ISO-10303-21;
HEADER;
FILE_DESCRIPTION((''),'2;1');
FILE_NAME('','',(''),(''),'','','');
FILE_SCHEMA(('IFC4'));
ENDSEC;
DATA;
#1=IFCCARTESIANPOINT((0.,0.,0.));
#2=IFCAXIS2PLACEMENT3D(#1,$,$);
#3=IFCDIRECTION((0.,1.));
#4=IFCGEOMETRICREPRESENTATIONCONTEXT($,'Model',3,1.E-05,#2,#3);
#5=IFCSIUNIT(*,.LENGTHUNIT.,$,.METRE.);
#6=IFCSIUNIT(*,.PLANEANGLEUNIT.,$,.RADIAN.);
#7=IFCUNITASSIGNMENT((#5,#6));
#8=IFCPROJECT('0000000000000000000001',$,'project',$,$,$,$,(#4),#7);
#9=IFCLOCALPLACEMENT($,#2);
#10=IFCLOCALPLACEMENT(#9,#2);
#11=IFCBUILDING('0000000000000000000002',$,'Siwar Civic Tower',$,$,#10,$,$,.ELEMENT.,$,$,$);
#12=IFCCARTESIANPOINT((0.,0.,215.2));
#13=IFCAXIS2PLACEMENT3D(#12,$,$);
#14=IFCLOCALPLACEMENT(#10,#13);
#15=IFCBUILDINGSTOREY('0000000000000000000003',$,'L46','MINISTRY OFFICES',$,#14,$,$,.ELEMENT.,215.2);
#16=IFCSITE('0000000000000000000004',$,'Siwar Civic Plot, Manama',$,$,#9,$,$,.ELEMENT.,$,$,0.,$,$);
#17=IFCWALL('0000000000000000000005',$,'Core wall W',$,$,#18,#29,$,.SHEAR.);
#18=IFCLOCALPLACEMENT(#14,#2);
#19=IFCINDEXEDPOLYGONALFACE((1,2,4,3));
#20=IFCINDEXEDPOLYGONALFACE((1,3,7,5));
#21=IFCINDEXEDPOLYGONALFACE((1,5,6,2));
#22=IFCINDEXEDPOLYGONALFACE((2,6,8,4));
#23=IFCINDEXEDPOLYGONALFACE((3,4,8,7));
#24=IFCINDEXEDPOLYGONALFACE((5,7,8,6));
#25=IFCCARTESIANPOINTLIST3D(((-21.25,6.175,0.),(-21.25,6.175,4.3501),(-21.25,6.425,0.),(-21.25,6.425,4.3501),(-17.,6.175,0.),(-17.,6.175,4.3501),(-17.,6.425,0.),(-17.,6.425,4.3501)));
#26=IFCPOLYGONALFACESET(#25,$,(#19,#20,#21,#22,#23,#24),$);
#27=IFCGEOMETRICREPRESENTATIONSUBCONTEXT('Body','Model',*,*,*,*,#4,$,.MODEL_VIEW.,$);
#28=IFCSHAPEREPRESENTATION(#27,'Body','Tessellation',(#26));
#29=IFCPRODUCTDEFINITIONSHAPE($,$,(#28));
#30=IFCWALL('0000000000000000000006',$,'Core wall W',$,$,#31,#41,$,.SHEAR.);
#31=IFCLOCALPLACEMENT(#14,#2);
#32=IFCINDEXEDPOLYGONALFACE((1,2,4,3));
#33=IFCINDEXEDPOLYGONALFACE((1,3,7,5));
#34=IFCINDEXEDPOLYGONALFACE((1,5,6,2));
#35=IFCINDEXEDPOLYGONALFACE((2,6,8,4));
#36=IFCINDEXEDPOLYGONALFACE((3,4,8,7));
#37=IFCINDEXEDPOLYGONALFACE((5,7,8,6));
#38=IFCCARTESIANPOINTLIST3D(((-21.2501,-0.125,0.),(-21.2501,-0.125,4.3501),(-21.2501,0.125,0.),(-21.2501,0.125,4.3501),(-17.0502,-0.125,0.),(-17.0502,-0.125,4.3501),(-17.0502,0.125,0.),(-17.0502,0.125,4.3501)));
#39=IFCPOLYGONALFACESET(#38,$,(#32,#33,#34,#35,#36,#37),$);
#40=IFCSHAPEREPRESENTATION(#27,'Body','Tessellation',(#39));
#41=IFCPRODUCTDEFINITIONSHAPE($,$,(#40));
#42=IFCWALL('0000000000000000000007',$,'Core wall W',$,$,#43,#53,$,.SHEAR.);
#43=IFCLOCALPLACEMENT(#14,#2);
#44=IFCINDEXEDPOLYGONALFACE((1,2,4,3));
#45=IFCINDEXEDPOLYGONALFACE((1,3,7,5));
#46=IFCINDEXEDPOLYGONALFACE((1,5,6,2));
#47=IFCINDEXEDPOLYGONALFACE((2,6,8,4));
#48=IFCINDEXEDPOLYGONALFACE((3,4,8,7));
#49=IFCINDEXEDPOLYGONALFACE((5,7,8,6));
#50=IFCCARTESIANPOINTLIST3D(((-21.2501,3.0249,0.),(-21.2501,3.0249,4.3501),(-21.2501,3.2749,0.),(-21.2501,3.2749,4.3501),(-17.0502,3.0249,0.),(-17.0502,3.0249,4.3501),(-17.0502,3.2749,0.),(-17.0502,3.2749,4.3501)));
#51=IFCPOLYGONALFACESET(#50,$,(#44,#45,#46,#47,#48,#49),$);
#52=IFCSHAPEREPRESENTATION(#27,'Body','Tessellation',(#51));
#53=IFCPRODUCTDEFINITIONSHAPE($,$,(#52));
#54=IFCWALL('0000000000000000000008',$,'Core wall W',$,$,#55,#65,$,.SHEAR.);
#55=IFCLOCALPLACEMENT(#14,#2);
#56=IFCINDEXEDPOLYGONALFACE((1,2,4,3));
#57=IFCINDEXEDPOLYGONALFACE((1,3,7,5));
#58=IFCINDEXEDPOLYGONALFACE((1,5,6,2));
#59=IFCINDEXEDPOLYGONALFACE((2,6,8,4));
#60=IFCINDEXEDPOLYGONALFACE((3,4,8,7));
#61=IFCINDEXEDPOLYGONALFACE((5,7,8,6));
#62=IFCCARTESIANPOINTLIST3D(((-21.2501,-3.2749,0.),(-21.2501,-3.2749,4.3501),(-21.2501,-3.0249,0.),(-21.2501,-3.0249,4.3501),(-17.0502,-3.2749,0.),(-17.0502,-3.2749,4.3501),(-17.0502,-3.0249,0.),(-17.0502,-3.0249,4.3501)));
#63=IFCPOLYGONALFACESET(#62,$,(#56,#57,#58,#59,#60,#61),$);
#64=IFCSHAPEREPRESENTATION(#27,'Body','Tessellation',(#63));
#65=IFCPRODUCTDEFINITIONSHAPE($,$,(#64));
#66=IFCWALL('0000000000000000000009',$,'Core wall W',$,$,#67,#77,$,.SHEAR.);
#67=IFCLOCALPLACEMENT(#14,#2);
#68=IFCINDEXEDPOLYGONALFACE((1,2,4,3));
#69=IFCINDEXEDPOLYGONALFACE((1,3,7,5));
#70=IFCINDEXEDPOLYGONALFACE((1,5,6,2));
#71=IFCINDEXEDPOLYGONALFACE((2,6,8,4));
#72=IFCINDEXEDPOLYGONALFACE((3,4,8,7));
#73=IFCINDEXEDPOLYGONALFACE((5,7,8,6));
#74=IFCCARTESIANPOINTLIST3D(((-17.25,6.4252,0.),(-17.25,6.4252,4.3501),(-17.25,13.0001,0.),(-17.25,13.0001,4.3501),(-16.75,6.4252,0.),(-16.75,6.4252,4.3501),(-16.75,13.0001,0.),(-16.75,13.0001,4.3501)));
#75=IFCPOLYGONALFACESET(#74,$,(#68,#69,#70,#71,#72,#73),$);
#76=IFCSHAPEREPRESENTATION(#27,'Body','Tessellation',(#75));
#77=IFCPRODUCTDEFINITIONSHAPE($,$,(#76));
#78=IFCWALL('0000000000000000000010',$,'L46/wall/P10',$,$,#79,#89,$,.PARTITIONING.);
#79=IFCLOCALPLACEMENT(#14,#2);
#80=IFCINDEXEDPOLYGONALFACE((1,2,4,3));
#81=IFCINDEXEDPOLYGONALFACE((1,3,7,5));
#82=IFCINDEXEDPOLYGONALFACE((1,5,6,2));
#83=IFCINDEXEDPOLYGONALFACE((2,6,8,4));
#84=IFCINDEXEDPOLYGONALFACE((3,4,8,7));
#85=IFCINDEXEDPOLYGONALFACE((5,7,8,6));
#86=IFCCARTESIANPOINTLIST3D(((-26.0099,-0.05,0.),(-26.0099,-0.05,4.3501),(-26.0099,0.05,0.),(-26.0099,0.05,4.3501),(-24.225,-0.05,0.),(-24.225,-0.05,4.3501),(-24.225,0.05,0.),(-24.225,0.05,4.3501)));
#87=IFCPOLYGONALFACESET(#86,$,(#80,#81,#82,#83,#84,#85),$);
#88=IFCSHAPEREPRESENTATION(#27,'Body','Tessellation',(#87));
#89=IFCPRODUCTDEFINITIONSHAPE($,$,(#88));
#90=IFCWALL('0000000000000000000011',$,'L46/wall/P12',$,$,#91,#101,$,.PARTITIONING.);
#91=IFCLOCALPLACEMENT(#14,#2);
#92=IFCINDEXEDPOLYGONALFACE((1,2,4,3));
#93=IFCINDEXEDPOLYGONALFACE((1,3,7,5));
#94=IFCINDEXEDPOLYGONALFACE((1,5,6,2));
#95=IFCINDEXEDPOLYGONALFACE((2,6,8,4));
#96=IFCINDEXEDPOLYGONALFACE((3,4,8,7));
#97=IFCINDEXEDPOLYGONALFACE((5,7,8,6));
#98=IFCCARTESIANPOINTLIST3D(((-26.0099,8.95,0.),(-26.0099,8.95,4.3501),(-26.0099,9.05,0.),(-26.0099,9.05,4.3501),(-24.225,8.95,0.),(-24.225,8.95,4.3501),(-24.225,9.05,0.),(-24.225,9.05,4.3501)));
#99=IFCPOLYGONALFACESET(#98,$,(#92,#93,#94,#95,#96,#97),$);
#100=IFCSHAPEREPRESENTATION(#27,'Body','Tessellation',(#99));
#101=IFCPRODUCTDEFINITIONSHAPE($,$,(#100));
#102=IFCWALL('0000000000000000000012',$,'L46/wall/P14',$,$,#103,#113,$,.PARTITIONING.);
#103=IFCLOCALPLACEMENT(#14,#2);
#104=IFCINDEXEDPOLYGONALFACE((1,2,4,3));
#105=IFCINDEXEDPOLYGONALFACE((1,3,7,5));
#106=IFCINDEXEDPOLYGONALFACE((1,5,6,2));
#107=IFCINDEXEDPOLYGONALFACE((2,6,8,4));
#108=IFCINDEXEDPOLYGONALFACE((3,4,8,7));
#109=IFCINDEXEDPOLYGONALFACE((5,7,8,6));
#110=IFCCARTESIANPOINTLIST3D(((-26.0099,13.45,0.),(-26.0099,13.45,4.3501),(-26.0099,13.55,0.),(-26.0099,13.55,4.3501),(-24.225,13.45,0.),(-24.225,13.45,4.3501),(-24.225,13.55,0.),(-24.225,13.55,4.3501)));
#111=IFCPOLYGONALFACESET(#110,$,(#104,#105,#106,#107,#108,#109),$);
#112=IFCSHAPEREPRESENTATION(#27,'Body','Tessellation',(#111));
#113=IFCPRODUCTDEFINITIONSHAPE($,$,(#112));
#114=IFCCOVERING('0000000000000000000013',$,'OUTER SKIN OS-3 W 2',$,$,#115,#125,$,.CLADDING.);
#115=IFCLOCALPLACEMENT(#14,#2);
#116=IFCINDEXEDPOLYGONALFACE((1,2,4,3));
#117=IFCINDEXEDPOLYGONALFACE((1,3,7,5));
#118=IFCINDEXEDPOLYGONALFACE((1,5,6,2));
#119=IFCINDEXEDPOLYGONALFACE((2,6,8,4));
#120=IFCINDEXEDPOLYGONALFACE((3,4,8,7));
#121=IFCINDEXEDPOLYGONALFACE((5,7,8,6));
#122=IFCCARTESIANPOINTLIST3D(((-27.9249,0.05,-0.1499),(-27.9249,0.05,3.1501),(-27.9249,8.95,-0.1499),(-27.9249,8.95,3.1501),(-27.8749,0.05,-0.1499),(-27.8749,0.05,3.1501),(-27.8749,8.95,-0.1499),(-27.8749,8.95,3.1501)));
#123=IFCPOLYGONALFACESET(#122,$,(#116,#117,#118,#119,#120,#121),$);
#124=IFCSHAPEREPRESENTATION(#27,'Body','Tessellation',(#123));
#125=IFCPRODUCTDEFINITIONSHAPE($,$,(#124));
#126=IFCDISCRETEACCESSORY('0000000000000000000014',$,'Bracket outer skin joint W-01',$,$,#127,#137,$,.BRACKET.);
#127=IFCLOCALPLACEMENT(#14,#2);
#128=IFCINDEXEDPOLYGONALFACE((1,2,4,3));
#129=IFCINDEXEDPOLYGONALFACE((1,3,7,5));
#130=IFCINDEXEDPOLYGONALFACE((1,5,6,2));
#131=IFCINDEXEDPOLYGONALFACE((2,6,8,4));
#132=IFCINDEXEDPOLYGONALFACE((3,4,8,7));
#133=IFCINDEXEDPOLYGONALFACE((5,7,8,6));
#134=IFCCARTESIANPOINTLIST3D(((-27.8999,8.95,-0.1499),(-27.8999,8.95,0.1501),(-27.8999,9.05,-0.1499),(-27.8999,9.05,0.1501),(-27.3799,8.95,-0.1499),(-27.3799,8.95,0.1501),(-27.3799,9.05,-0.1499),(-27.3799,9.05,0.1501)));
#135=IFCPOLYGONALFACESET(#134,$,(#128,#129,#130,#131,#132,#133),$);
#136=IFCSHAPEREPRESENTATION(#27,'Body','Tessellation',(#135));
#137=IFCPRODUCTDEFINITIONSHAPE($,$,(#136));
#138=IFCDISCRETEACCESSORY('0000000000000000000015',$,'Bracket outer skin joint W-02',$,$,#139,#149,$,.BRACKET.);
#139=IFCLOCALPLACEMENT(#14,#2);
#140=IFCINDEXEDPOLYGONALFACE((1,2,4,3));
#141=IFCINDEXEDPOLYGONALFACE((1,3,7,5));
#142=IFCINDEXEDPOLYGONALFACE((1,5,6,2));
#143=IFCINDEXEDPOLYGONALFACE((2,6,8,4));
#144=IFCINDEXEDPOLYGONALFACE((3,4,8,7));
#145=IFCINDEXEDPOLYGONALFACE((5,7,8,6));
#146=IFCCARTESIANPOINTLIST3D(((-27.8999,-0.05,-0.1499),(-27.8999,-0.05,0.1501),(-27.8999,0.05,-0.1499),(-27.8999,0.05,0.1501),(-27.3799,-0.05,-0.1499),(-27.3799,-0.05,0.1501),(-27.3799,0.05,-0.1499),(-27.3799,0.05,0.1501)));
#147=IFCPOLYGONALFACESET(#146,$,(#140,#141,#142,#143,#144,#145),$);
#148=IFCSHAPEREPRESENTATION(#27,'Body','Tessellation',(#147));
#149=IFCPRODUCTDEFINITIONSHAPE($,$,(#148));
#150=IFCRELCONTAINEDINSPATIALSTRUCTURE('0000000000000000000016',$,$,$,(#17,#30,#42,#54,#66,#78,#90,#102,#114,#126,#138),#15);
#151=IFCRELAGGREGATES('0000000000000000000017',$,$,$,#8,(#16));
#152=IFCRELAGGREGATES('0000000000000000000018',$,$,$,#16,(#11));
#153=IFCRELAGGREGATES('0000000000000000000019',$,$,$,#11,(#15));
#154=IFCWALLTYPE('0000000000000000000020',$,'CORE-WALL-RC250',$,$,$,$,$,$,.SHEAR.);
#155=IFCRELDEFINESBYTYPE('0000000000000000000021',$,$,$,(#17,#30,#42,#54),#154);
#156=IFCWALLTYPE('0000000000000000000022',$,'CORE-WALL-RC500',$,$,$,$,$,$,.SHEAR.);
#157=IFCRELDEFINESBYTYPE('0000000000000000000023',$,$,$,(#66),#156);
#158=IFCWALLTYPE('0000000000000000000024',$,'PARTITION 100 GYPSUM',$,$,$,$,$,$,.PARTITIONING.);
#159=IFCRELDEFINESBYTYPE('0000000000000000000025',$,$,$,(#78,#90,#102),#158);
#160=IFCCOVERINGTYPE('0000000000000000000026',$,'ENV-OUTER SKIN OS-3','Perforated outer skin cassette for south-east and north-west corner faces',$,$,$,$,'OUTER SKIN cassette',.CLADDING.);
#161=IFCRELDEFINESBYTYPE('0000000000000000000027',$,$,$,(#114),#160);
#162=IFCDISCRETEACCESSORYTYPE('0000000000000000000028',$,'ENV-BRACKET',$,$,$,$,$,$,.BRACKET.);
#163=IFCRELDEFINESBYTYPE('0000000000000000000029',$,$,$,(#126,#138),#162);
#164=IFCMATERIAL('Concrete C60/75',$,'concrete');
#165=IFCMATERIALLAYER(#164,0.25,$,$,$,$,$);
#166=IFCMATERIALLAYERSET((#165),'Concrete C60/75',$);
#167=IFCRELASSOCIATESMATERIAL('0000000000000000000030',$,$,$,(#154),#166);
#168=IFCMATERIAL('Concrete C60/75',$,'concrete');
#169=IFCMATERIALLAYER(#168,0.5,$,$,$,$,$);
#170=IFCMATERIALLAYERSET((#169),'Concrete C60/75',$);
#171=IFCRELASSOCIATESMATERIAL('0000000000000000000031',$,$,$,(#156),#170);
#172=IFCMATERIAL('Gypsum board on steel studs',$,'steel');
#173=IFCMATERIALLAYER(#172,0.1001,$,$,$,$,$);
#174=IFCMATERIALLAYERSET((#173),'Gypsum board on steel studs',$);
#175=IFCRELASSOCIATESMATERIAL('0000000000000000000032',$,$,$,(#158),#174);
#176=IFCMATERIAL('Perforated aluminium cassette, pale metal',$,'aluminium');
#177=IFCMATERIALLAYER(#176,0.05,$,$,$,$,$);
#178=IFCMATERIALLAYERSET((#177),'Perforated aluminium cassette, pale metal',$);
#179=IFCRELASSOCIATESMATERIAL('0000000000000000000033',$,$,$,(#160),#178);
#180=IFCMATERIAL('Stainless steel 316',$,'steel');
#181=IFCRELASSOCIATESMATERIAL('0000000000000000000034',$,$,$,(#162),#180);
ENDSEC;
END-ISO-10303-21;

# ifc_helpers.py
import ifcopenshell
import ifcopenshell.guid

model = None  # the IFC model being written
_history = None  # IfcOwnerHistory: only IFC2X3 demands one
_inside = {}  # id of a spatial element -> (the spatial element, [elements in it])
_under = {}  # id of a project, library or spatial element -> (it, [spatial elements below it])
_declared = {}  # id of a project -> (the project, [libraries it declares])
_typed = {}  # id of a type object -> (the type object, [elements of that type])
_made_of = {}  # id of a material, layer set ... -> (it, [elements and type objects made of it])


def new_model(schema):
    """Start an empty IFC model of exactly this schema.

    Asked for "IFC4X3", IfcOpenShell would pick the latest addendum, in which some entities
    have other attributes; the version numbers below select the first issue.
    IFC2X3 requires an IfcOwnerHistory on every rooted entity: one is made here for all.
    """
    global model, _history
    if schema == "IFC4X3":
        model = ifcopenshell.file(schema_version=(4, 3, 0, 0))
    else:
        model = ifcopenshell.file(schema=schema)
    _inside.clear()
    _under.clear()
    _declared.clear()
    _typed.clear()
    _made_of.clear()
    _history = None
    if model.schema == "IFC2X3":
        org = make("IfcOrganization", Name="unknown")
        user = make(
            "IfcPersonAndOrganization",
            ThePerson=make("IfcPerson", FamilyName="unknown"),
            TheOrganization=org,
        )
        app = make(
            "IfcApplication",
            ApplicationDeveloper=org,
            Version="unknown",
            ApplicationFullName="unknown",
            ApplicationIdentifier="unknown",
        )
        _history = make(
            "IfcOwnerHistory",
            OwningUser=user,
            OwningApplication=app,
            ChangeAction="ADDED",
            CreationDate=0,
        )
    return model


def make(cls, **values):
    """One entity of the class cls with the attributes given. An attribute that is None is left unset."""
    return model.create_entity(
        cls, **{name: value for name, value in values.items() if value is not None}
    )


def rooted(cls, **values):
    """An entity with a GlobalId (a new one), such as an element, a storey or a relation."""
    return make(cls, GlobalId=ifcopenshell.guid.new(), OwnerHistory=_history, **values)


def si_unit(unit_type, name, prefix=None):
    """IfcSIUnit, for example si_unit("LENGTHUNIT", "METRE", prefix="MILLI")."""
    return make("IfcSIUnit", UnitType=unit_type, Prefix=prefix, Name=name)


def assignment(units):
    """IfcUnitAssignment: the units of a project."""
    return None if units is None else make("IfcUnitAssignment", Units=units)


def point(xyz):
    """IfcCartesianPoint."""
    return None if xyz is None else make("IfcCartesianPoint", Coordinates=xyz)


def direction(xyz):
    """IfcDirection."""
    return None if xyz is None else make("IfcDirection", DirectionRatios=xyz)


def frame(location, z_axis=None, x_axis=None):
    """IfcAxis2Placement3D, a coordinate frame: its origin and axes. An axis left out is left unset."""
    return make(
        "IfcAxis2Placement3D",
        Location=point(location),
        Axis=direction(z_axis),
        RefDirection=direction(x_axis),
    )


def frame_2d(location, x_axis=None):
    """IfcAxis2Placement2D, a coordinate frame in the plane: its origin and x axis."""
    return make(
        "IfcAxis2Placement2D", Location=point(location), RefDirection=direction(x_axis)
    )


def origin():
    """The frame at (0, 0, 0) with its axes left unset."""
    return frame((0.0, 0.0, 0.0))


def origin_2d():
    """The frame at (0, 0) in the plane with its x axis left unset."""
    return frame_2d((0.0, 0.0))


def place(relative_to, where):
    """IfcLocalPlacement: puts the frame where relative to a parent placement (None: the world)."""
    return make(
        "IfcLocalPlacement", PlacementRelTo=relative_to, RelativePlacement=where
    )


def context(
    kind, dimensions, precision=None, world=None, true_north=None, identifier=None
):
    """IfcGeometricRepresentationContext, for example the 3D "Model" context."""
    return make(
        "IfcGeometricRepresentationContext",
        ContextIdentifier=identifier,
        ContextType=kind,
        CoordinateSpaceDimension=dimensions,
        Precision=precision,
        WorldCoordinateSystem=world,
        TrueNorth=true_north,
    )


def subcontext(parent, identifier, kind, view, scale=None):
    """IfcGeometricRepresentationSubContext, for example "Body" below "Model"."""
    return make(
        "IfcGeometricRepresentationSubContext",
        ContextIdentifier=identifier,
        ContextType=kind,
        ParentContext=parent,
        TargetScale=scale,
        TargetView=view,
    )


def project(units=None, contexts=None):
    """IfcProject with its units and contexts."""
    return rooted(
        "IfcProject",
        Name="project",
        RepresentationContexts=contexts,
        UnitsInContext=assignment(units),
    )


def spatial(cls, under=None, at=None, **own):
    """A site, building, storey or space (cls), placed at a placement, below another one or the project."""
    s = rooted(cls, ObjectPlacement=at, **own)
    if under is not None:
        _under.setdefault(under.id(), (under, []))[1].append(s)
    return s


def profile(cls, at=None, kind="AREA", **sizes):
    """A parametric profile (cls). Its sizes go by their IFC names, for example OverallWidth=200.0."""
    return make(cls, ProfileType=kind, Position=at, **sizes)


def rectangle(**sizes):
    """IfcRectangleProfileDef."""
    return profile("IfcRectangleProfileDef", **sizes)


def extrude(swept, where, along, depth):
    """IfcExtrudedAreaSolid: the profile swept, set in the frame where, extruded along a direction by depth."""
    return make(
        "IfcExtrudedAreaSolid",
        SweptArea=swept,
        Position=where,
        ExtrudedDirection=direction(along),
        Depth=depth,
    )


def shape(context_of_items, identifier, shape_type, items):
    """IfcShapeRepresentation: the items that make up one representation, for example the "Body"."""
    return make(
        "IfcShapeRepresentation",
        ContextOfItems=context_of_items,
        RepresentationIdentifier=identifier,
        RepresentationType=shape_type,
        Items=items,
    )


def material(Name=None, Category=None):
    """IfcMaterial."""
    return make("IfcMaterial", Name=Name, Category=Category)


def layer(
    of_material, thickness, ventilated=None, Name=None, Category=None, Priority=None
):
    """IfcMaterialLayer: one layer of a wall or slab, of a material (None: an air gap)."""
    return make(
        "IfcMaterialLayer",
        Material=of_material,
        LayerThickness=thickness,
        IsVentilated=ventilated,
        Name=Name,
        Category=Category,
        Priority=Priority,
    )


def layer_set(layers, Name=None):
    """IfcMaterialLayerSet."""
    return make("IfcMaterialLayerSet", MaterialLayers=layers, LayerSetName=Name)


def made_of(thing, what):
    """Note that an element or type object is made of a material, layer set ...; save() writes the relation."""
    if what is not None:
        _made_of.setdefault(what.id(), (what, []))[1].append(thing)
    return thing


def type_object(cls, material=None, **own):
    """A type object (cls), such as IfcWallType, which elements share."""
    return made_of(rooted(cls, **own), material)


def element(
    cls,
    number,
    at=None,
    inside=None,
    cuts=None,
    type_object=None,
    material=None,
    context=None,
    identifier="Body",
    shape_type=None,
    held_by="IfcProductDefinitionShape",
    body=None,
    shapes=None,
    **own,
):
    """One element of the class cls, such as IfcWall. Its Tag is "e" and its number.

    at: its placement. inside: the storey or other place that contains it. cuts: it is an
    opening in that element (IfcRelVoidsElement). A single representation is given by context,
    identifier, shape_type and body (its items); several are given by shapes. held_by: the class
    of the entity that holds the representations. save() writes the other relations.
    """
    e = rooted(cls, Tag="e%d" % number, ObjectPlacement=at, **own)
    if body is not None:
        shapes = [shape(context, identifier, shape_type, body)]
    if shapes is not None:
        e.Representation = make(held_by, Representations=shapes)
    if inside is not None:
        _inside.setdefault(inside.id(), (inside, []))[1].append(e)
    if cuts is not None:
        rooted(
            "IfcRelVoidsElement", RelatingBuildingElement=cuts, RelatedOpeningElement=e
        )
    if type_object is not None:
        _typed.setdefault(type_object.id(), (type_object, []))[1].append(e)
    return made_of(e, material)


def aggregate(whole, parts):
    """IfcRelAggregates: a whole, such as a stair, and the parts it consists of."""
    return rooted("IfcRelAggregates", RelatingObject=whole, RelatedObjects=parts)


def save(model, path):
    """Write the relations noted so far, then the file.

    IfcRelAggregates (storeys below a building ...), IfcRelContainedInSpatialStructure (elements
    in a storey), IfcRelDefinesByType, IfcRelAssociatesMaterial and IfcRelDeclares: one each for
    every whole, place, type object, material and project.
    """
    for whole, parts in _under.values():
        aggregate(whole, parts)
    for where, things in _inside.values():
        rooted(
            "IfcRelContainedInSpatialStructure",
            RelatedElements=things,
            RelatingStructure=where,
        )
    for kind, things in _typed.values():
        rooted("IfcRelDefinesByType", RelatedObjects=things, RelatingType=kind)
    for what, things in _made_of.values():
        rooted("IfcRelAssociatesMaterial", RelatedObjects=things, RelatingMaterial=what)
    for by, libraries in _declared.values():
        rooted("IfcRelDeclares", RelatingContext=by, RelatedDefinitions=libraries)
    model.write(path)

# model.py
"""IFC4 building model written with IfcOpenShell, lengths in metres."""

from ifc_helpers import new_model, si_unit, direction, frame, frame_2d, origin, origin_2d, place, context, subcontext, project, spatial, rectangle, extrude, material, layer, layer_set, type_object, element, save


model = new_model("IFC4")

# Units and contexts
model_context = context("Model", 3, precision=1e-05, world=origin(), true_north=direction((0.0, 1.0)))
body_context = subcontext(model_context, "Body", "Model", "MODEL_VIEW")
ifc_project = project(units=[si_unit("LENGTHUNIT", "METRE"), si_unit("PLANEANGLEUNIT", "RADIAN")], contexts=[model_context])

# Site, building, storey
site_placement = place(None, origin())
site = spatial("IfcSite", under=ifc_project, at=site_placement, Name="Siwar Civic Plot, Manama", CompositionType="ELEMENT", RefElevation=0.0)
building_placement = place(site_placement, origin())
building = spatial("IfcBuilding", under=site, at=building_placement, Name="Siwar Civic Tower", CompositionType="ELEMENT")
storey_placement = place(building_placement, frame((0.0, 0.0, 215.2)))
storey = spatial("IfcBuildingStorey", under=building, at=storey_placement, Name="L46", Description="MINISTRY OFFICES", CompositionType="ELEMENT", Elevation=215.2)

# Walls
ifc_material_1 = material(Name="Concrete C60/75", Category="concrete")
ifc_layer_1 = layer(ifc_material_1, 0.25)
ifc_layer_set_1 = layer_set([ifc_layer_1], Name="Concrete C60/75")
wall_type_1 = type_object("IfcWallType", Name="CORE-WALL-RC250", PredefinedType="SHEAR", material=ifc_layer_set_1)
wall_1_placement = place(storey_placement, frame((-17.0, 6.3, 0.0), z_axis=(0.0, 0.0, 1.0), x_axis=(-1.0, 0.0, 0.0)))
element("IfcWall", 1, at=wall_1_placement, inside=storey, type_object=wall_type_1, Name="Core wall W", PredefinedType="SHEAR", context=body_context, shape_type="SweptSolid", body=[
    extrude(rectangle(XDim=4.25, YDim=0.25, at=frame_2d((2.125, 0.0))), origin(), (0.0, 0.0, 1.0), 4.3501),
])
for number, where, z_axis, x_axis, name in (
    (2, (-17.05, 0.0, 0.0), (0.0, 0.0, 1.0), (-1.0, 0.0, 0.0), "Core wall W"),
    (3, (-17.05, 3.1499, 0.0), (0.0, 0.0, 1.0), (-1.0, 0.0, 0.0), "Core wall W"),
    (4, (-17.05, -3.1499, 0.0), (0.0, 0.0, 1.0), (-1.0, 0.0, 0.0), "Core wall W"),
):
    element("IfcWall", number, at=place(storey_placement, frame(where, z_axis=z_axis, x_axis=x_axis)), inside=storey, type_object=wall_type_1, Name=name, PredefinedType="SHEAR", context=body_context, shape_type="SweptSolid", body=[
        extrude(rectangle(XDim=4.2, YDim=0.25, at=frame_2d((2.1001, 0.0))), origin(), (0.0, 0.0, 1.0), 4.3501),
    ])
ifc_material_2 = material(Name="Concrete C60/75", Category="concrete")
ifc_layer_2 = layer(ifc_material_2, 0.5)
ifc_layer_set_2 = layer_set([ifc_layer_2], Name="Concrete C60/75")
wall_type_2 = type_object("IfcWallType", Name="CORE-WALL-RC500", PredefinedType="SHEAR", material=ifc_layer_set_2)
wall_2_placement = place(storey_placement, frame((-17.0, 6.425, 0.0), z_axis=(0.0, 0.0, 1.0), x_axis=(0.0, 1.0, 0.0)))
element("IfcWall", 5, at=wall_2_placement, inside=storey, type_object=wall_type_2, Name="Core wall W", PredefinedType="SHEAR", context=body_context, shape_type="SweptSolid", body=[
    extrude(rectangle(XDim=6.575, YDim=0.5, at=frame_2d((3.2876, 0.0))), origin(), (0.0, 0.0, 1.0), 4.3501),
])
ifc_material_3 = material(Name="Gypsum board on steel studs", Category="steel")
ifc_layer_3 = layer(ifc_material_3, 0.1001)
ifc_layer_set_3 = layer_set([ifc_layer_3], Name="Gypsum board on steel studs")
wall_type_3 = type_object("IfcWallType", Name="PARTITION 100 GYPSUM", PredefinedType="PARTITIONING", material=ifc_layer_set_3)
for number, where, z_axis, x_axis, name in (
    (6, (-26.01, 0.0, 0.0), (0.0, 0.0, 1.0), (1.0, 0.0, 0.0), "L46/wall/P10"),
    (7, (-26.01, 9.0, 0.0), (0.0, 0.0, 1.0), (1.0, 0.0, 0.0), "L46/wall/P12"),
    (8, (-26.01, 13.5, 0.0), (0.0, 0.0, 1.0), (1.0, 0.0, 0.0), "L46/wall/P14"),
):
    element("IfcWall", number, at=place(storey_placement, frame(where, z_axis=z_axis, x_axis=x_axis)), inside=storey, type_object=wall_type_3, Name=name, PredefinedType="PARTITIONING", context=body_context, shape_type="SweptSolid", body=[
        extrude(rectangle(XDim=1.7849, YDim=0.1001, at=frame_2d((0.8926, 0.0))), origin(), (0.0, 0.0, 1.0), 4.3501),
    ])

# Covering
ifc_material_4 = material(Name="Perforated aluminium cassette, pale metal", Category="aluminium")
ifc_layer_4 = layer(ifc_material_4, 0.05)
ifc_layer_set_4 = layer_set([ifc_layer_4], Name="Perforated aluminium cassette, pale metal")
covering_type = type_object("IfcCoveringType", Name="ENV-OUTER SKIN OS-3", Description="Perforated outer skin cassette for south-east and north-west corner faces", ElementType="OUTER SKIN cassette", PredefinedType="CLADDING", material=ifc_layer_set_4)
covering_placement = place(storey_placement, frame((-27.8999, 4.5, -0.1499), z_axis=(0.0, 0.0, 1.0), x_axis=(0.0, -1.0, 0.0)))
element("IfcCovering", 9, at=covering_placement, inside=storey, type_object=covering_type, Name="OUTER SKIN OS-3 W 2", PredefinedType="CLADDING", context=body_context, shape_type="SweptSolid", body=[
    extrude(rectangle(XDim=8.8999, YDim=0.05, at=origin_2d()), origin(), (0.0, 0.0, 1.0), 3.3),
])

# Discrete accessories
ifc_material_5 = material(Name="Stainless steel 316", Category="steel")
discrete_accessory_type = type_object("IfcDiscreteAccessoryType", Name="ENV-BRACKET", PredefinedType="BRACKET", material=ifc_material_5)
for number, where, z_axis, x_axis, name in (
    (10, (-27.6399, 9.0, -0.1499), (0.0, 0.0, 1.0), (-1.0, 0.0, 0.0), "Bracket outer skin joint W-01"),
    (11, (-27.6399, 0.0, -0.1499), (0.0, 0.0, 1.0), (-1.0, 0.0, 0.0), "Bracket outer skin joint W-02"),
):
    element("IfcDiscreteAccessory", number, at=place(storey_placement, frame(where, z_axis=z_axis, x_axis=x_axis)), inside=storey, type_object=discrete_accessory_type, Name=name, PredefinedType="BRACKET", context=body_context, shape_type="SweptSolid", body=[
        extrude(rectangle(XDim=0.52, YDim=0.1001, at=origin_2d()), origin(), (0.0, 0.0, 1.0), 0.3),
    ])

save(model, "model.ifc")
